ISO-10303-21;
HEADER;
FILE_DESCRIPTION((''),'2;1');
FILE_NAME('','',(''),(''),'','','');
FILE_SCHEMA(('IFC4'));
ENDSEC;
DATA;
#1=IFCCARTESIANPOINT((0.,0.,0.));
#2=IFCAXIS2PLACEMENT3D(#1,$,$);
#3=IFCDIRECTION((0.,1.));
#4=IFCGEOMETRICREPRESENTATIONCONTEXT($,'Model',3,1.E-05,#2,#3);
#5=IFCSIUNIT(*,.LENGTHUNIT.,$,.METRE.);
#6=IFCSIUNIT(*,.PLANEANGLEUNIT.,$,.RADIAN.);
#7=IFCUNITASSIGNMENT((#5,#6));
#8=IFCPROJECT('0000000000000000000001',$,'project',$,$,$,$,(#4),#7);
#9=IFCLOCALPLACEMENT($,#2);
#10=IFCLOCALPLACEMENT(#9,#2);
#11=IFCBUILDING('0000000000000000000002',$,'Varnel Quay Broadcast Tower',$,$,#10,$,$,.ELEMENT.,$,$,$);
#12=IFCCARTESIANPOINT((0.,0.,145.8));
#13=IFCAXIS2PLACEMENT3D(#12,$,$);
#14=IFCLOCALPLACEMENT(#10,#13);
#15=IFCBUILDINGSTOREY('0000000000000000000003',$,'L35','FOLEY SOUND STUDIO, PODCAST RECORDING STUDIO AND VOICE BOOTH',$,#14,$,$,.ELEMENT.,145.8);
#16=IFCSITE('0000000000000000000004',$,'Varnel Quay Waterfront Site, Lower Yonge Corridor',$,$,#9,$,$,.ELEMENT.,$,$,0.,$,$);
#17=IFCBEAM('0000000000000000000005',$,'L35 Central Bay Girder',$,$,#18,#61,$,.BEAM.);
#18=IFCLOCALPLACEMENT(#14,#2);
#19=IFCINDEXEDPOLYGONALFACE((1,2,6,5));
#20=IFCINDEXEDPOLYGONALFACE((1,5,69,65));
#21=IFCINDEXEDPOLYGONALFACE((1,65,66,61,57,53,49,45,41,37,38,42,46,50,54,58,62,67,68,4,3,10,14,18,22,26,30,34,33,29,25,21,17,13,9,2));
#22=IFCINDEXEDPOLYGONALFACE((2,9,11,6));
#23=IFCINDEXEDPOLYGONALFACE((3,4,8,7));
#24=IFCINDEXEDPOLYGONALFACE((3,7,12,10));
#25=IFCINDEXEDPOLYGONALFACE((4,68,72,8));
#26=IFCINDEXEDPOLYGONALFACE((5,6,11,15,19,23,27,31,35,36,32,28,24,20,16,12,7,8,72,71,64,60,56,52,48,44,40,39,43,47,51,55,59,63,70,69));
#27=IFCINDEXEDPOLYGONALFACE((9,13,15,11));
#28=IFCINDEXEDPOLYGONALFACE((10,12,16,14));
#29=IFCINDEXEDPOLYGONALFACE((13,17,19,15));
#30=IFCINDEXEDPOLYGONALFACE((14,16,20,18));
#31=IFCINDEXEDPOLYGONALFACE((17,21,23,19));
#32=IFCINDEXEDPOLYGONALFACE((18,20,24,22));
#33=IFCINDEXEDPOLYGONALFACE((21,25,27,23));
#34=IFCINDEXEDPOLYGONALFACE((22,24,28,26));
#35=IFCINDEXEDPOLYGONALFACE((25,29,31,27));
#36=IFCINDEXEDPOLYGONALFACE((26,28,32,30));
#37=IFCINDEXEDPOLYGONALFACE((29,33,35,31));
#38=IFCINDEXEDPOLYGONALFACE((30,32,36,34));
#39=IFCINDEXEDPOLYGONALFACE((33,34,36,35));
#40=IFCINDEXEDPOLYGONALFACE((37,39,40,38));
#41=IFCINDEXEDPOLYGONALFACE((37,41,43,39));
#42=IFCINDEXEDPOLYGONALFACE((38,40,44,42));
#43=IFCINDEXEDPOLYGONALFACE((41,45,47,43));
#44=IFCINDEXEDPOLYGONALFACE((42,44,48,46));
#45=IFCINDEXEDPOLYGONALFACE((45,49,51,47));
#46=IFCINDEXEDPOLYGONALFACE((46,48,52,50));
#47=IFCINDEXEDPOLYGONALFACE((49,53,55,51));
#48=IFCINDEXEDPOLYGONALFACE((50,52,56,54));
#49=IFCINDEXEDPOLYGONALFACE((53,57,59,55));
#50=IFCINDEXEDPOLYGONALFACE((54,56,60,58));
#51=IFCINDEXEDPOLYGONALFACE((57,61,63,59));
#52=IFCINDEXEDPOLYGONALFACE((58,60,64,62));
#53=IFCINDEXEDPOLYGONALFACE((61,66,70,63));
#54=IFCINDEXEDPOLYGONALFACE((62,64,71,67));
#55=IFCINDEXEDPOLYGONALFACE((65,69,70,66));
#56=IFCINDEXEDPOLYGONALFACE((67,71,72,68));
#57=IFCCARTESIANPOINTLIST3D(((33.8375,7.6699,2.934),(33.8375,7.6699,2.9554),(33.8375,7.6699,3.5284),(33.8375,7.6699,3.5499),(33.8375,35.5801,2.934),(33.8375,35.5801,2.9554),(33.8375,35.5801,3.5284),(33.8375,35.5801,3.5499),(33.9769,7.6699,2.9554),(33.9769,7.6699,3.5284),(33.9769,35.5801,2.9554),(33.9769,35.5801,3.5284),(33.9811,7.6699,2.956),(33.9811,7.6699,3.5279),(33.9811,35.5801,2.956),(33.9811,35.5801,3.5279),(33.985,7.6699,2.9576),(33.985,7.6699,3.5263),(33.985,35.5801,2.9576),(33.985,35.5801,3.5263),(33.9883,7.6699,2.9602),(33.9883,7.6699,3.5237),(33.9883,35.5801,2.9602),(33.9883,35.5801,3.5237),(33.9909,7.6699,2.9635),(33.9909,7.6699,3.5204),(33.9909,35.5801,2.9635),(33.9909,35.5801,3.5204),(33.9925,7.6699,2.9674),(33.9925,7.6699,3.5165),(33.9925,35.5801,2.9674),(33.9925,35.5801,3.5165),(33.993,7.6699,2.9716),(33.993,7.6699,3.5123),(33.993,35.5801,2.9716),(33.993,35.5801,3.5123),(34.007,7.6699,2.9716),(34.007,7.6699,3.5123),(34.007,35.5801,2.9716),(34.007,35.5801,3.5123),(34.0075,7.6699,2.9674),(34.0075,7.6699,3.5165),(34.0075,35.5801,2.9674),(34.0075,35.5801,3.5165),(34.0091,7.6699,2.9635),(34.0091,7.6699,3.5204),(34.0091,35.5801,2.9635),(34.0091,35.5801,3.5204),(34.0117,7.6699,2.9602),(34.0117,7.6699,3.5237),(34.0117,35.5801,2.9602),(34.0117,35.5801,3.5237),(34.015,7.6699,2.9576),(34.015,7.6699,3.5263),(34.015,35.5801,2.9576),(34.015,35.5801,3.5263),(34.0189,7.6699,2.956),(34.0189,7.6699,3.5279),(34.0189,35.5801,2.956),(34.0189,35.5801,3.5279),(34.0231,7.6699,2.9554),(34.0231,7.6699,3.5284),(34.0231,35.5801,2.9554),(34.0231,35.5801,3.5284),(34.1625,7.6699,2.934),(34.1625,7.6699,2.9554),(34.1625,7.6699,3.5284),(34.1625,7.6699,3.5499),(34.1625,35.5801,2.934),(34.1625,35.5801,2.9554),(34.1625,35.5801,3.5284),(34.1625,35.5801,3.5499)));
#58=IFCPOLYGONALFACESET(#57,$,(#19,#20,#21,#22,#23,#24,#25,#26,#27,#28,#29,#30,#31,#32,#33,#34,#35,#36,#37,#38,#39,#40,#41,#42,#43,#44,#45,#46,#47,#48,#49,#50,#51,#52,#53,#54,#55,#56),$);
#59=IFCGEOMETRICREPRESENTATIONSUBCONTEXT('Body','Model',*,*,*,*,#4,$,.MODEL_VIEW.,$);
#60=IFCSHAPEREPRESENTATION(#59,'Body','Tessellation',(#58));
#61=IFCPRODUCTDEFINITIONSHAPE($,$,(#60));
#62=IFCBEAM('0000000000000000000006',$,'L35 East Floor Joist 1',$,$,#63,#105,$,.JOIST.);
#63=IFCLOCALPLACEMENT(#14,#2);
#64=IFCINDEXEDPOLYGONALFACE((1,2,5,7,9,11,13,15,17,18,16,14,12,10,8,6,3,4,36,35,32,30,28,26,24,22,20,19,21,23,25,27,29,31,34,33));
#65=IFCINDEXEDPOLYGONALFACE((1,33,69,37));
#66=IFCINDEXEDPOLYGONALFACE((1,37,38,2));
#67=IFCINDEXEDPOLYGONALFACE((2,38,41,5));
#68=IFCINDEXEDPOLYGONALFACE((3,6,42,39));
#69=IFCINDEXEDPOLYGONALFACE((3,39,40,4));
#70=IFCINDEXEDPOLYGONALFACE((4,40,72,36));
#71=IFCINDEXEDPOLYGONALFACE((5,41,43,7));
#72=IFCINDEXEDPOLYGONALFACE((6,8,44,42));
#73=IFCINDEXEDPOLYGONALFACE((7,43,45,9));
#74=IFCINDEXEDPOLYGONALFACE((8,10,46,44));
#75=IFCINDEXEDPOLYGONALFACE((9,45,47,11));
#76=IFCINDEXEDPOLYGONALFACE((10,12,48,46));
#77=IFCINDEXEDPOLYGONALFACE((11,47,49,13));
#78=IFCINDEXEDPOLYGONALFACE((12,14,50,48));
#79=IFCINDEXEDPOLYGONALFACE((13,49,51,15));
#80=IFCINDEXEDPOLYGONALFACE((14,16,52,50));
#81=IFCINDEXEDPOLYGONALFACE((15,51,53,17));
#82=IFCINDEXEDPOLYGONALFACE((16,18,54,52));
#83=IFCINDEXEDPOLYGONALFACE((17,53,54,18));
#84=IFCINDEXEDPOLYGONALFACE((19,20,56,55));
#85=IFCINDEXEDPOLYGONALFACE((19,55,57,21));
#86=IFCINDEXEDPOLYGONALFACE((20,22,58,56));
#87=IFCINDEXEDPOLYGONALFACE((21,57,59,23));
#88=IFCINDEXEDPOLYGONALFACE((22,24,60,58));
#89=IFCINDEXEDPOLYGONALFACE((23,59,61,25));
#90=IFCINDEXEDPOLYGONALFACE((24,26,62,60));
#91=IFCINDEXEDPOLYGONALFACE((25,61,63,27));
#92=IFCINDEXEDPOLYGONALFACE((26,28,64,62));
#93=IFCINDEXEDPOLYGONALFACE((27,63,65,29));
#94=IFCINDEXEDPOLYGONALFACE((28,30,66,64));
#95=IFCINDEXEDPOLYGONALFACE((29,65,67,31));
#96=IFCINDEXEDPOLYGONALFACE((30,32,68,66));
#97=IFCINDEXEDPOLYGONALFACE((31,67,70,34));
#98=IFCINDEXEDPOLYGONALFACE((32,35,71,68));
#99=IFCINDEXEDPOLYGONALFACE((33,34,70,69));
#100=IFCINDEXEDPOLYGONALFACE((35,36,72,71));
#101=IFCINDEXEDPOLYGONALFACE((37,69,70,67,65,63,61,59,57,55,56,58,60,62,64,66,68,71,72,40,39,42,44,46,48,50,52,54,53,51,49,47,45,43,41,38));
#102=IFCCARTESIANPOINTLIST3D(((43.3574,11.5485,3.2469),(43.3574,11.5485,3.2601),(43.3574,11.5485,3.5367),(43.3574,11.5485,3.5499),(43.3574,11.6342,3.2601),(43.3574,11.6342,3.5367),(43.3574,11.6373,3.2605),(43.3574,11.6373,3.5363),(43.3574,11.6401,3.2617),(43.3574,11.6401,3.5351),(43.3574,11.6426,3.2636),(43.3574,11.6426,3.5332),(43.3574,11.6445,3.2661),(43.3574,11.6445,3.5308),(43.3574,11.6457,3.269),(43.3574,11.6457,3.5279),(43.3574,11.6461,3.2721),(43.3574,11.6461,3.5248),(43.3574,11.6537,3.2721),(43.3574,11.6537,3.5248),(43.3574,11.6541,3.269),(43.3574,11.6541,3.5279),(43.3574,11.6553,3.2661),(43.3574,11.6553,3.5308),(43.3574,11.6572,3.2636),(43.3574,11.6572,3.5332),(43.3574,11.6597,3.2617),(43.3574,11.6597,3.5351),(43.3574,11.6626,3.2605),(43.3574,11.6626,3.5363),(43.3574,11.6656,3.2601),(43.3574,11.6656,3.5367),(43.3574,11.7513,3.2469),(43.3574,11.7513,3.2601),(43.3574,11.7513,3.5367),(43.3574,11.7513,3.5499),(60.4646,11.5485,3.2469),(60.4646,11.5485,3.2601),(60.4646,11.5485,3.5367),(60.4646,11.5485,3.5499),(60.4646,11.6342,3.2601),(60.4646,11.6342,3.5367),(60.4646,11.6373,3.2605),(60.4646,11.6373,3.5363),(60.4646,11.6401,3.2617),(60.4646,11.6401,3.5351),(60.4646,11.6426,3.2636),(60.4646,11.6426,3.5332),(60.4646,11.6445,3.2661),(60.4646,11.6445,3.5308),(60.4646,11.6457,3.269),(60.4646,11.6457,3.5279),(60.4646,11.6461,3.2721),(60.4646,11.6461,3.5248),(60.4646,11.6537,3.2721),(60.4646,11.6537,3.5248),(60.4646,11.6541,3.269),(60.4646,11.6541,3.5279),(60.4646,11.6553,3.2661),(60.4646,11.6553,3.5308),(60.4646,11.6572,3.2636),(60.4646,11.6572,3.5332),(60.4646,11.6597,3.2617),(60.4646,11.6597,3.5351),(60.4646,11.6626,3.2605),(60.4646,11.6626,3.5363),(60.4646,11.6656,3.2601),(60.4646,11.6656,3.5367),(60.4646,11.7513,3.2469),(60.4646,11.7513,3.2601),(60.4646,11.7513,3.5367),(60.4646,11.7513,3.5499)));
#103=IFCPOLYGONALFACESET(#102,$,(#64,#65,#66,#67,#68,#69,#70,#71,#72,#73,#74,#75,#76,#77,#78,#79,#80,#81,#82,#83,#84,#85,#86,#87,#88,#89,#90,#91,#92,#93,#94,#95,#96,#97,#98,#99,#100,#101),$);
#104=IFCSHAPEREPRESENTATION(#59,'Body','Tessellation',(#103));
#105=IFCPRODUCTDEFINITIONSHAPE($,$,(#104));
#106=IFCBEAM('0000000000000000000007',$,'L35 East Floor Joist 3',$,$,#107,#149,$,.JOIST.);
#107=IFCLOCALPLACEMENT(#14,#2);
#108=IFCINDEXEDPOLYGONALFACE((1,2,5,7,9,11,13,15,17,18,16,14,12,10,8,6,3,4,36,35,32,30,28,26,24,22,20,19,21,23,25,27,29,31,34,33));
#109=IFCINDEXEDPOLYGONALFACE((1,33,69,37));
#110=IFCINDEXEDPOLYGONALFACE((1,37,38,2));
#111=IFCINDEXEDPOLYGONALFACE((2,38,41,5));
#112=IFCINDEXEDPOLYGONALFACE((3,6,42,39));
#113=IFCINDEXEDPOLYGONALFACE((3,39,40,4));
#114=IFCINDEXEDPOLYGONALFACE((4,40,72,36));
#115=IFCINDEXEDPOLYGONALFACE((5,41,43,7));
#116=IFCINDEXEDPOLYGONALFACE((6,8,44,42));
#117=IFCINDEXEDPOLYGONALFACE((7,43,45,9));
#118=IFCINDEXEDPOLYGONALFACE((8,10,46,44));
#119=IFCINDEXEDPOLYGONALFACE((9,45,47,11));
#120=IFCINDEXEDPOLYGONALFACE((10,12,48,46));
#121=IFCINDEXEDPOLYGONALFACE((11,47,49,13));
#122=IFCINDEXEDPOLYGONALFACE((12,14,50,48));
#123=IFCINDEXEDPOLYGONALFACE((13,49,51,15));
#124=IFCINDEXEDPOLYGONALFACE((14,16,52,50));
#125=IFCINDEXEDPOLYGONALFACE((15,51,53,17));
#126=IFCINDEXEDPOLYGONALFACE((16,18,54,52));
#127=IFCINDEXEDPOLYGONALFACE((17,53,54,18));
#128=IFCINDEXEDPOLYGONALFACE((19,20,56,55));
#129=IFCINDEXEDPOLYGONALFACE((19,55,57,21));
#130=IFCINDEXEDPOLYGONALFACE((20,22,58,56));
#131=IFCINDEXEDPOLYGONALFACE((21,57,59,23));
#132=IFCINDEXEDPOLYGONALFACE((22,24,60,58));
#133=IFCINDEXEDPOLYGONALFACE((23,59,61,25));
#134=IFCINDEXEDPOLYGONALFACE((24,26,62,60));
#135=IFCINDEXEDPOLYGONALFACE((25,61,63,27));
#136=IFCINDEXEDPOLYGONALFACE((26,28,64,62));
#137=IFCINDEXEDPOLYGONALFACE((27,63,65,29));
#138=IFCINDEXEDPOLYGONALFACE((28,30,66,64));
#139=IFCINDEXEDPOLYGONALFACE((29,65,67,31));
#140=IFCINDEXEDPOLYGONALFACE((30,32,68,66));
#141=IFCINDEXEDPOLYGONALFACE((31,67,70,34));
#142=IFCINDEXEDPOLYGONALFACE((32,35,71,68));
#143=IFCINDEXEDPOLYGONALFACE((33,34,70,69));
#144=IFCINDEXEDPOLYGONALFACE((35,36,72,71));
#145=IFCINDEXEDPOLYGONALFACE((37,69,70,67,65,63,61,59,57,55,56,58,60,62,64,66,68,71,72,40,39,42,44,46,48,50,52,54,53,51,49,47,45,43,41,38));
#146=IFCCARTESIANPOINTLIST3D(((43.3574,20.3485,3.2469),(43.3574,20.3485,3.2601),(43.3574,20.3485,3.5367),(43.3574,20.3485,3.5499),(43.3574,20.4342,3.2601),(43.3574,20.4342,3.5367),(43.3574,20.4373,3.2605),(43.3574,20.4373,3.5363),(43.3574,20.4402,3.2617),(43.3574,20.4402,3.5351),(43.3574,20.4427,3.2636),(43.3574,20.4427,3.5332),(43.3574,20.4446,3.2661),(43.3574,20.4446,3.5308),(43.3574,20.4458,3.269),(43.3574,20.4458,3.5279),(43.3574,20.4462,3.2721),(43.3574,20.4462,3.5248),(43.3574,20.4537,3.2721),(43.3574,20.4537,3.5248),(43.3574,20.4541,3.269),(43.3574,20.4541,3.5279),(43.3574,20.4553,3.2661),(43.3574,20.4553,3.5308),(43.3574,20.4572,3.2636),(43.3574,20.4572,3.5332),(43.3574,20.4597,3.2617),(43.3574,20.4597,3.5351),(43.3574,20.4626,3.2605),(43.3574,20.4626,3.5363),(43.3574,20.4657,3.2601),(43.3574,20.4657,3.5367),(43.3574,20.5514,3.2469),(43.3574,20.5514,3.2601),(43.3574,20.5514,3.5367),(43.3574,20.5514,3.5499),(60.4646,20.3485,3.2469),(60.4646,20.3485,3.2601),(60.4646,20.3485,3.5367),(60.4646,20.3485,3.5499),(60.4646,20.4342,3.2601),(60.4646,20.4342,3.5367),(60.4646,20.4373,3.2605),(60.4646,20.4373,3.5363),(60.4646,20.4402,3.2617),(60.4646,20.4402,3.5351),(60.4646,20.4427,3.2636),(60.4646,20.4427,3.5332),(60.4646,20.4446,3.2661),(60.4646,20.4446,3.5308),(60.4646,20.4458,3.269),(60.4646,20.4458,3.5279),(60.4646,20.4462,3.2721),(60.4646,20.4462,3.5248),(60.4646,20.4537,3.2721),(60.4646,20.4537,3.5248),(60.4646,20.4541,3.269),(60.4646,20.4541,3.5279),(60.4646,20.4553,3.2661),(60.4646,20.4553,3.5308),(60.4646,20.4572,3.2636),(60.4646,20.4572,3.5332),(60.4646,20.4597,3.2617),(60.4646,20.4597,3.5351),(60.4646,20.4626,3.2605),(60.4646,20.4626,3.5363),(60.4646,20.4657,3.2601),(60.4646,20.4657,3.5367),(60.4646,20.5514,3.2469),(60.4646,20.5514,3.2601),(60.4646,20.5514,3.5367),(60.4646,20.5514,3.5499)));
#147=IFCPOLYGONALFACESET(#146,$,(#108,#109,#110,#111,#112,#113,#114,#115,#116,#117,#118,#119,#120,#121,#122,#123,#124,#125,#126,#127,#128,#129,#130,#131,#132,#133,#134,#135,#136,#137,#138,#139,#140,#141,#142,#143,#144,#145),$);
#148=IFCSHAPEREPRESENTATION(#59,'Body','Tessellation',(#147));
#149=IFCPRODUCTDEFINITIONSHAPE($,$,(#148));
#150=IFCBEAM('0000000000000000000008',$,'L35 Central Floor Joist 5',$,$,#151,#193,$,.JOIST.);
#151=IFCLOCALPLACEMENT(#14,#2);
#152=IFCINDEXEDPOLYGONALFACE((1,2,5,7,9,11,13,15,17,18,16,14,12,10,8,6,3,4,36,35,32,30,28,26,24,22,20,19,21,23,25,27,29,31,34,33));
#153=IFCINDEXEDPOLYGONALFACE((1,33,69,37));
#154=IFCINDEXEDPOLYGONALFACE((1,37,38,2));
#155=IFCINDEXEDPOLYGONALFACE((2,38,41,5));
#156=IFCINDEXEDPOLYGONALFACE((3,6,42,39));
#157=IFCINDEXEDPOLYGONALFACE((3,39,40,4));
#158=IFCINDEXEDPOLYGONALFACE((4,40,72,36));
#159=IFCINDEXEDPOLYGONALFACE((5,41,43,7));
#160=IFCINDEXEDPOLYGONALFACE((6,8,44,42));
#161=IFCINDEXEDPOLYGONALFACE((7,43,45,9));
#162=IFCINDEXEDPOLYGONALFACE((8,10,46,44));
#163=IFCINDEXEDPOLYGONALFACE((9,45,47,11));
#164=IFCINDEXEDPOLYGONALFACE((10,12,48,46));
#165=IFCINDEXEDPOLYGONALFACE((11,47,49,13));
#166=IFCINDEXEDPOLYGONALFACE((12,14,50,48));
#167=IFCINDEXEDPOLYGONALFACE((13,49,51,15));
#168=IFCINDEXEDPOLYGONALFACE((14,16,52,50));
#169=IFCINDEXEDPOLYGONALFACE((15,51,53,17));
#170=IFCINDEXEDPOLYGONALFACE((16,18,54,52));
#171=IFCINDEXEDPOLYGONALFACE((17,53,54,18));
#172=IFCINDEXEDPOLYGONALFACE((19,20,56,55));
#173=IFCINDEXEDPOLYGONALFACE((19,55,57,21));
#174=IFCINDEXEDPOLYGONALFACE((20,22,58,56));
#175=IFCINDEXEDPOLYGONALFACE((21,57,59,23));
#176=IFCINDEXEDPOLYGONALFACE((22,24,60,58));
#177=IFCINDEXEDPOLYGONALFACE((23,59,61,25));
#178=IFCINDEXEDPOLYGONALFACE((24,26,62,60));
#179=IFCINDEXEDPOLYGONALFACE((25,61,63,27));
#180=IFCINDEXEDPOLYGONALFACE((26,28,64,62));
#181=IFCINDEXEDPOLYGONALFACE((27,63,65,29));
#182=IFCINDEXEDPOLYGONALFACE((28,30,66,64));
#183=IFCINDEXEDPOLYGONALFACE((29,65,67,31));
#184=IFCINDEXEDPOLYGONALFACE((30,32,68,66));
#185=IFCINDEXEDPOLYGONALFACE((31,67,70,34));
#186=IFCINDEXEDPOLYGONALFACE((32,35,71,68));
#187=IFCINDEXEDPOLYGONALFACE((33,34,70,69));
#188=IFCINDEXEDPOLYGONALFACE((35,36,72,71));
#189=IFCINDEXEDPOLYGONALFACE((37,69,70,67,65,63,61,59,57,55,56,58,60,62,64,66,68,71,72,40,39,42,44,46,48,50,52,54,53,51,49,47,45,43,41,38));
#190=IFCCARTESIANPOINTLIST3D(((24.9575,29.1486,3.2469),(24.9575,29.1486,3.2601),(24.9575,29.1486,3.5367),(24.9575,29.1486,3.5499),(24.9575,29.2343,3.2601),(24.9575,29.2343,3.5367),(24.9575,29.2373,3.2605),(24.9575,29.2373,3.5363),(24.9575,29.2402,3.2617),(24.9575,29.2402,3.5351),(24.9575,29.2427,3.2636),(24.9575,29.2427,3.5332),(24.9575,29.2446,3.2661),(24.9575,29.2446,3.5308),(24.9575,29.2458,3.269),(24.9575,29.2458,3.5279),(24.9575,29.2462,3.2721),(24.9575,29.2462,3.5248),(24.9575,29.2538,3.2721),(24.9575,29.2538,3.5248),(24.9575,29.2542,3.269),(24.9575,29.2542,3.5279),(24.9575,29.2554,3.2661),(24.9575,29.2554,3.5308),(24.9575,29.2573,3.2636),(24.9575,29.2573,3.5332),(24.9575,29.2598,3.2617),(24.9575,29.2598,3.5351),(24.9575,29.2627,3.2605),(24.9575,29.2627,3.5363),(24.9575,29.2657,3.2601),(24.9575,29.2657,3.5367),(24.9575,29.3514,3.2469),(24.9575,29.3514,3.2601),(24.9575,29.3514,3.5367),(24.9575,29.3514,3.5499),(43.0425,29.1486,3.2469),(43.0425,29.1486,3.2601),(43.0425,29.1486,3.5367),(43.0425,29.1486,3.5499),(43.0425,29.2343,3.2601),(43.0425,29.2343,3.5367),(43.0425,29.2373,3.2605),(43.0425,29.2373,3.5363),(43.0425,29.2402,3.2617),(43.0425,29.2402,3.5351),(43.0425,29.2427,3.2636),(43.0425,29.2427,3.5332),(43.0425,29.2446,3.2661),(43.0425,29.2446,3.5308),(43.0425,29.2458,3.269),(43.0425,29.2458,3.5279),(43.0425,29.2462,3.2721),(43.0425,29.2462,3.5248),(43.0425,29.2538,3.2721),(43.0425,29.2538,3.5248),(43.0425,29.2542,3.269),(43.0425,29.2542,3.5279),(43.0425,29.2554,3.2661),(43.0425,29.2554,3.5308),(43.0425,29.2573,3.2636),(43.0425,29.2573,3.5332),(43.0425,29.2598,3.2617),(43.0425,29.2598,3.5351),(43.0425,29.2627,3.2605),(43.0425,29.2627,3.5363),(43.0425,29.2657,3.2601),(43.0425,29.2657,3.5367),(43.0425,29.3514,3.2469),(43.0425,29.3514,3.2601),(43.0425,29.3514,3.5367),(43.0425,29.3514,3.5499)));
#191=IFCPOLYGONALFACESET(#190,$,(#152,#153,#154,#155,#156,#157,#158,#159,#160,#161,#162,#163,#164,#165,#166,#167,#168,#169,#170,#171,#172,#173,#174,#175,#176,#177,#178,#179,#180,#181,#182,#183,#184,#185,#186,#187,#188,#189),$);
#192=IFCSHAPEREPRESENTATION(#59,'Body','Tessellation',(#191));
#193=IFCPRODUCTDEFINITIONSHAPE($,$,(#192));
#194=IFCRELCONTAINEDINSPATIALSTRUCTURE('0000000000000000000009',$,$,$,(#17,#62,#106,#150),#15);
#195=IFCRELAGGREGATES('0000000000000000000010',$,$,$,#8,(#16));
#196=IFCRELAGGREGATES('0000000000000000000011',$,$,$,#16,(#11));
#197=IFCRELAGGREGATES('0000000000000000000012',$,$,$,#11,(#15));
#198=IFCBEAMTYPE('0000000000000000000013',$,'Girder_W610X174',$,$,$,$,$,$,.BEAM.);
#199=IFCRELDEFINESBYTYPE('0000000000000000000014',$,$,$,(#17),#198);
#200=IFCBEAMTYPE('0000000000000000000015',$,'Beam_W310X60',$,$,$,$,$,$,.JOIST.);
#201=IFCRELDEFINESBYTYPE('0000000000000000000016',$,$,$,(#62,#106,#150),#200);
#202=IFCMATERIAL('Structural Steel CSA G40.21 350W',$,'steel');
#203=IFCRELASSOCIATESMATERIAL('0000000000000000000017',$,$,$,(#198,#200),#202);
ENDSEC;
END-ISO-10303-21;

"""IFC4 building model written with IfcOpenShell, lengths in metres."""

from ifc_helpers import new_model, si_unit, direction, frame, origin, origin_2d, place, context, subcontext, project, spatial, i_section, extrude, source, transform, mapped, material, material_profile, profile_set, type_object, type_shapes, element, save


model = new_model("IFC4")

# Units and contexts
model_context = context("Model", 3, precision=1e-05, world=origin(), true_north=direction((0.0, 1.0)))
body_context = subcontext(model_context, "Body", "Model", "MODEL_VIEW")
ifc_project = project(units=[si_unit("LENGTHUNIT", "METRE"), si_unit("PLANEANGLEUNIT", "RADIAN")], contexts=[model_context])

# Site, building, storey
site_placement = place(None, origin())
site = spatial("IfcSite", under=ifc_project, at=site_placement, Name="Varnel Quay Waterfront Site, Lower Yonge Corridor", CompositionType="ELEMENT", RefElevation=0.0)
building_placement = place(site_placement, origin())
building = spatial("IfcBuilding", under=site, at=building_placement, Name="Varnel Quay Broadcast Tower", CompositionType="ELEMENT")
storey_placement = place(building_placement, frame((0.0, 0.0, 145.8)))
storey = spatial("IfcBuildingStorey", under=building, at=storey_placement, Name="L35", Description="FOLEY SOUND STUDIO, PODCAST RECORDING STUDIO AND VOICE BOOTH", CompositionType="ELEMENT", Elevation=145.8)

# Shared definitions
ifc_material_1 = material(Name="Structural Steel CSA G40.21 350W", Category="steel")

# Beams
ifc_material_profile_1 = material_profile(ifc_material_1, i_section(OverallWidth=0.325, OverallDepth=0.616, WebThickness=0.0139, FlangeThickness=0.0215, FilletRadius=0.0161, at=origin_2d()), Name="W610X174")
ifc_profile_set_1 = profile_set([ifc_material_profile_1], Name="Structural Steel CSA G40.21 350W")
beam_type_1 = type_object("IfcBeamType", Name="Girder_W610X174", PredefinedType="BEAM", material=ifc_profile_set_1)
shared_shape_1 = source(origin(), body_context, "Body", "SweptSolid", [
    extrude(i_section(OverallWidth=0.325, OverallDepth=0.616, WebThickness=0.0139, FlangeThickness=0.0215, FilletRadius=0.0161, at=origin_2d()), origin(), (0.0, 0.0, 1.0), 27.9102),
])
beam_1_placement = place(storey_placement, frame((34.0, 7.6699, 3.2419), z_axis=(0.0, 1.0, 0.0), x_axis=(-1.0, 0.0, 0.0)))
element("IfcBeam", 1, at=beam_1_placement, inside=storey, type_object=beam_type_1, Name="L35 Central Bay Girder", PredefinedType="BEAM", context=body_context, shape_type="MappedRepresentation", body=[
    mapped(shared_shape_1, transform((0.0, 0.0, 0.0), x_axis=(1.0, 0.0, 0.0), y_axis=(0.0, 1.0, 0.0), z_axis=(0.0, 0.0, 1.0), scale=1.0)),
])
ifc_material_profile_2 = material_profile(ifc_material_1, i_section(OverallWidth=0.2029, OverallDepth=0.303, WebThickness=0.0076, FlangeThickness=0.0132, FilletRadius=0.012, at=origin_2d()), Name="W310X60")
ifc_profile_set_2 = profile_set([ifc_material_profile_2], Name="Structural Steel CSA G40.21 350W")
beam_type_2 = type_object("IfcBeamType", Name="Beam_W310X60", PredefinedType="JOIST", material=ifc_profile_set_2)
shared_shape_2 = source(origin(), body_context, "Body", "SweptSolid", [
    extrude(i_section(OverallWidth=0.2029, OverallDepth=0.303, WebThickness=0.0076, FlangeThickness=0.0132, FilletRadius=0.012, at=origin_2d()), origin(), (0.0, 0.0, 1.0), 17.1072),
])
for number, where, z_axis, x_axis, name in (
    (2, (43.3574, 11.6499, 3.3984), (1.0, 0.0, 0.0), (0.0, 1.0, 0.0), "L35 East Floor Joist 1"),
    (3, (43.3574, 20.45, 3.3984), (1.0, 0.0, 0.0), (0.0, 1.0, 0.0), "L35 East Floor Joist 3"),
):
    element("IfcBeam", number, at=place(storey_placement, frame(where, z_axis=z_axis, x_axis=x_axis)), inside=storey, type_object=beam_type_2, Name=name, PredefinedType="JOIST", context=body_context, shape_type="MappedRepresentation", body=[
        mapped(shared_shape_2, transform((0.0, 0.0, 0.0), x_axis=(1.0, 0.0, 0.0), y_axis=(0.0, 1.0, 0.0), z_axis=(0.0, 0.0, 1.0), scale=1.0)),
    ])
shared_shape_3 = source(origin(), body_context, "Body", "SweptSolid", [
    extrude(i_section(OverallWidth=0.2029, OverallDepth=0.303, WebThickness=0.0076, FlangeThickness=0.0132, FilletRadius=0.012, at=origin_2d()), origin(), (0.0, 0.0, 1.0), 18.085),
])
type_shapes(beam_type_2, [shared_shape_2, shared_shape_3])
beam_2_placement = place(storey_placement, frame((24.9575, 29.25, 3.3984), z_axis=(1.0, 0.0, 0.0), x_axis=(0.0, 1.0, 0.0)))
element("IfcBeam", 4, at=beam_2_placement, inside=storey, type_object=beam_type_2, Name="L35 Central Floor Joist 5", PredefinedType="JOIST", context=body_context, shape_type="MappedRepresentation", body=[
    mapped(shared_shape_3, transform((0.0, 0.0, 0.0), x_axis=(1.0, 0.0, 0.0), y_axis=(0.0, 1.0, 0.0), z_axis=(0.0, 0.0, 1.0), scale=1.0)),
])

save(model, "model.ifc")
